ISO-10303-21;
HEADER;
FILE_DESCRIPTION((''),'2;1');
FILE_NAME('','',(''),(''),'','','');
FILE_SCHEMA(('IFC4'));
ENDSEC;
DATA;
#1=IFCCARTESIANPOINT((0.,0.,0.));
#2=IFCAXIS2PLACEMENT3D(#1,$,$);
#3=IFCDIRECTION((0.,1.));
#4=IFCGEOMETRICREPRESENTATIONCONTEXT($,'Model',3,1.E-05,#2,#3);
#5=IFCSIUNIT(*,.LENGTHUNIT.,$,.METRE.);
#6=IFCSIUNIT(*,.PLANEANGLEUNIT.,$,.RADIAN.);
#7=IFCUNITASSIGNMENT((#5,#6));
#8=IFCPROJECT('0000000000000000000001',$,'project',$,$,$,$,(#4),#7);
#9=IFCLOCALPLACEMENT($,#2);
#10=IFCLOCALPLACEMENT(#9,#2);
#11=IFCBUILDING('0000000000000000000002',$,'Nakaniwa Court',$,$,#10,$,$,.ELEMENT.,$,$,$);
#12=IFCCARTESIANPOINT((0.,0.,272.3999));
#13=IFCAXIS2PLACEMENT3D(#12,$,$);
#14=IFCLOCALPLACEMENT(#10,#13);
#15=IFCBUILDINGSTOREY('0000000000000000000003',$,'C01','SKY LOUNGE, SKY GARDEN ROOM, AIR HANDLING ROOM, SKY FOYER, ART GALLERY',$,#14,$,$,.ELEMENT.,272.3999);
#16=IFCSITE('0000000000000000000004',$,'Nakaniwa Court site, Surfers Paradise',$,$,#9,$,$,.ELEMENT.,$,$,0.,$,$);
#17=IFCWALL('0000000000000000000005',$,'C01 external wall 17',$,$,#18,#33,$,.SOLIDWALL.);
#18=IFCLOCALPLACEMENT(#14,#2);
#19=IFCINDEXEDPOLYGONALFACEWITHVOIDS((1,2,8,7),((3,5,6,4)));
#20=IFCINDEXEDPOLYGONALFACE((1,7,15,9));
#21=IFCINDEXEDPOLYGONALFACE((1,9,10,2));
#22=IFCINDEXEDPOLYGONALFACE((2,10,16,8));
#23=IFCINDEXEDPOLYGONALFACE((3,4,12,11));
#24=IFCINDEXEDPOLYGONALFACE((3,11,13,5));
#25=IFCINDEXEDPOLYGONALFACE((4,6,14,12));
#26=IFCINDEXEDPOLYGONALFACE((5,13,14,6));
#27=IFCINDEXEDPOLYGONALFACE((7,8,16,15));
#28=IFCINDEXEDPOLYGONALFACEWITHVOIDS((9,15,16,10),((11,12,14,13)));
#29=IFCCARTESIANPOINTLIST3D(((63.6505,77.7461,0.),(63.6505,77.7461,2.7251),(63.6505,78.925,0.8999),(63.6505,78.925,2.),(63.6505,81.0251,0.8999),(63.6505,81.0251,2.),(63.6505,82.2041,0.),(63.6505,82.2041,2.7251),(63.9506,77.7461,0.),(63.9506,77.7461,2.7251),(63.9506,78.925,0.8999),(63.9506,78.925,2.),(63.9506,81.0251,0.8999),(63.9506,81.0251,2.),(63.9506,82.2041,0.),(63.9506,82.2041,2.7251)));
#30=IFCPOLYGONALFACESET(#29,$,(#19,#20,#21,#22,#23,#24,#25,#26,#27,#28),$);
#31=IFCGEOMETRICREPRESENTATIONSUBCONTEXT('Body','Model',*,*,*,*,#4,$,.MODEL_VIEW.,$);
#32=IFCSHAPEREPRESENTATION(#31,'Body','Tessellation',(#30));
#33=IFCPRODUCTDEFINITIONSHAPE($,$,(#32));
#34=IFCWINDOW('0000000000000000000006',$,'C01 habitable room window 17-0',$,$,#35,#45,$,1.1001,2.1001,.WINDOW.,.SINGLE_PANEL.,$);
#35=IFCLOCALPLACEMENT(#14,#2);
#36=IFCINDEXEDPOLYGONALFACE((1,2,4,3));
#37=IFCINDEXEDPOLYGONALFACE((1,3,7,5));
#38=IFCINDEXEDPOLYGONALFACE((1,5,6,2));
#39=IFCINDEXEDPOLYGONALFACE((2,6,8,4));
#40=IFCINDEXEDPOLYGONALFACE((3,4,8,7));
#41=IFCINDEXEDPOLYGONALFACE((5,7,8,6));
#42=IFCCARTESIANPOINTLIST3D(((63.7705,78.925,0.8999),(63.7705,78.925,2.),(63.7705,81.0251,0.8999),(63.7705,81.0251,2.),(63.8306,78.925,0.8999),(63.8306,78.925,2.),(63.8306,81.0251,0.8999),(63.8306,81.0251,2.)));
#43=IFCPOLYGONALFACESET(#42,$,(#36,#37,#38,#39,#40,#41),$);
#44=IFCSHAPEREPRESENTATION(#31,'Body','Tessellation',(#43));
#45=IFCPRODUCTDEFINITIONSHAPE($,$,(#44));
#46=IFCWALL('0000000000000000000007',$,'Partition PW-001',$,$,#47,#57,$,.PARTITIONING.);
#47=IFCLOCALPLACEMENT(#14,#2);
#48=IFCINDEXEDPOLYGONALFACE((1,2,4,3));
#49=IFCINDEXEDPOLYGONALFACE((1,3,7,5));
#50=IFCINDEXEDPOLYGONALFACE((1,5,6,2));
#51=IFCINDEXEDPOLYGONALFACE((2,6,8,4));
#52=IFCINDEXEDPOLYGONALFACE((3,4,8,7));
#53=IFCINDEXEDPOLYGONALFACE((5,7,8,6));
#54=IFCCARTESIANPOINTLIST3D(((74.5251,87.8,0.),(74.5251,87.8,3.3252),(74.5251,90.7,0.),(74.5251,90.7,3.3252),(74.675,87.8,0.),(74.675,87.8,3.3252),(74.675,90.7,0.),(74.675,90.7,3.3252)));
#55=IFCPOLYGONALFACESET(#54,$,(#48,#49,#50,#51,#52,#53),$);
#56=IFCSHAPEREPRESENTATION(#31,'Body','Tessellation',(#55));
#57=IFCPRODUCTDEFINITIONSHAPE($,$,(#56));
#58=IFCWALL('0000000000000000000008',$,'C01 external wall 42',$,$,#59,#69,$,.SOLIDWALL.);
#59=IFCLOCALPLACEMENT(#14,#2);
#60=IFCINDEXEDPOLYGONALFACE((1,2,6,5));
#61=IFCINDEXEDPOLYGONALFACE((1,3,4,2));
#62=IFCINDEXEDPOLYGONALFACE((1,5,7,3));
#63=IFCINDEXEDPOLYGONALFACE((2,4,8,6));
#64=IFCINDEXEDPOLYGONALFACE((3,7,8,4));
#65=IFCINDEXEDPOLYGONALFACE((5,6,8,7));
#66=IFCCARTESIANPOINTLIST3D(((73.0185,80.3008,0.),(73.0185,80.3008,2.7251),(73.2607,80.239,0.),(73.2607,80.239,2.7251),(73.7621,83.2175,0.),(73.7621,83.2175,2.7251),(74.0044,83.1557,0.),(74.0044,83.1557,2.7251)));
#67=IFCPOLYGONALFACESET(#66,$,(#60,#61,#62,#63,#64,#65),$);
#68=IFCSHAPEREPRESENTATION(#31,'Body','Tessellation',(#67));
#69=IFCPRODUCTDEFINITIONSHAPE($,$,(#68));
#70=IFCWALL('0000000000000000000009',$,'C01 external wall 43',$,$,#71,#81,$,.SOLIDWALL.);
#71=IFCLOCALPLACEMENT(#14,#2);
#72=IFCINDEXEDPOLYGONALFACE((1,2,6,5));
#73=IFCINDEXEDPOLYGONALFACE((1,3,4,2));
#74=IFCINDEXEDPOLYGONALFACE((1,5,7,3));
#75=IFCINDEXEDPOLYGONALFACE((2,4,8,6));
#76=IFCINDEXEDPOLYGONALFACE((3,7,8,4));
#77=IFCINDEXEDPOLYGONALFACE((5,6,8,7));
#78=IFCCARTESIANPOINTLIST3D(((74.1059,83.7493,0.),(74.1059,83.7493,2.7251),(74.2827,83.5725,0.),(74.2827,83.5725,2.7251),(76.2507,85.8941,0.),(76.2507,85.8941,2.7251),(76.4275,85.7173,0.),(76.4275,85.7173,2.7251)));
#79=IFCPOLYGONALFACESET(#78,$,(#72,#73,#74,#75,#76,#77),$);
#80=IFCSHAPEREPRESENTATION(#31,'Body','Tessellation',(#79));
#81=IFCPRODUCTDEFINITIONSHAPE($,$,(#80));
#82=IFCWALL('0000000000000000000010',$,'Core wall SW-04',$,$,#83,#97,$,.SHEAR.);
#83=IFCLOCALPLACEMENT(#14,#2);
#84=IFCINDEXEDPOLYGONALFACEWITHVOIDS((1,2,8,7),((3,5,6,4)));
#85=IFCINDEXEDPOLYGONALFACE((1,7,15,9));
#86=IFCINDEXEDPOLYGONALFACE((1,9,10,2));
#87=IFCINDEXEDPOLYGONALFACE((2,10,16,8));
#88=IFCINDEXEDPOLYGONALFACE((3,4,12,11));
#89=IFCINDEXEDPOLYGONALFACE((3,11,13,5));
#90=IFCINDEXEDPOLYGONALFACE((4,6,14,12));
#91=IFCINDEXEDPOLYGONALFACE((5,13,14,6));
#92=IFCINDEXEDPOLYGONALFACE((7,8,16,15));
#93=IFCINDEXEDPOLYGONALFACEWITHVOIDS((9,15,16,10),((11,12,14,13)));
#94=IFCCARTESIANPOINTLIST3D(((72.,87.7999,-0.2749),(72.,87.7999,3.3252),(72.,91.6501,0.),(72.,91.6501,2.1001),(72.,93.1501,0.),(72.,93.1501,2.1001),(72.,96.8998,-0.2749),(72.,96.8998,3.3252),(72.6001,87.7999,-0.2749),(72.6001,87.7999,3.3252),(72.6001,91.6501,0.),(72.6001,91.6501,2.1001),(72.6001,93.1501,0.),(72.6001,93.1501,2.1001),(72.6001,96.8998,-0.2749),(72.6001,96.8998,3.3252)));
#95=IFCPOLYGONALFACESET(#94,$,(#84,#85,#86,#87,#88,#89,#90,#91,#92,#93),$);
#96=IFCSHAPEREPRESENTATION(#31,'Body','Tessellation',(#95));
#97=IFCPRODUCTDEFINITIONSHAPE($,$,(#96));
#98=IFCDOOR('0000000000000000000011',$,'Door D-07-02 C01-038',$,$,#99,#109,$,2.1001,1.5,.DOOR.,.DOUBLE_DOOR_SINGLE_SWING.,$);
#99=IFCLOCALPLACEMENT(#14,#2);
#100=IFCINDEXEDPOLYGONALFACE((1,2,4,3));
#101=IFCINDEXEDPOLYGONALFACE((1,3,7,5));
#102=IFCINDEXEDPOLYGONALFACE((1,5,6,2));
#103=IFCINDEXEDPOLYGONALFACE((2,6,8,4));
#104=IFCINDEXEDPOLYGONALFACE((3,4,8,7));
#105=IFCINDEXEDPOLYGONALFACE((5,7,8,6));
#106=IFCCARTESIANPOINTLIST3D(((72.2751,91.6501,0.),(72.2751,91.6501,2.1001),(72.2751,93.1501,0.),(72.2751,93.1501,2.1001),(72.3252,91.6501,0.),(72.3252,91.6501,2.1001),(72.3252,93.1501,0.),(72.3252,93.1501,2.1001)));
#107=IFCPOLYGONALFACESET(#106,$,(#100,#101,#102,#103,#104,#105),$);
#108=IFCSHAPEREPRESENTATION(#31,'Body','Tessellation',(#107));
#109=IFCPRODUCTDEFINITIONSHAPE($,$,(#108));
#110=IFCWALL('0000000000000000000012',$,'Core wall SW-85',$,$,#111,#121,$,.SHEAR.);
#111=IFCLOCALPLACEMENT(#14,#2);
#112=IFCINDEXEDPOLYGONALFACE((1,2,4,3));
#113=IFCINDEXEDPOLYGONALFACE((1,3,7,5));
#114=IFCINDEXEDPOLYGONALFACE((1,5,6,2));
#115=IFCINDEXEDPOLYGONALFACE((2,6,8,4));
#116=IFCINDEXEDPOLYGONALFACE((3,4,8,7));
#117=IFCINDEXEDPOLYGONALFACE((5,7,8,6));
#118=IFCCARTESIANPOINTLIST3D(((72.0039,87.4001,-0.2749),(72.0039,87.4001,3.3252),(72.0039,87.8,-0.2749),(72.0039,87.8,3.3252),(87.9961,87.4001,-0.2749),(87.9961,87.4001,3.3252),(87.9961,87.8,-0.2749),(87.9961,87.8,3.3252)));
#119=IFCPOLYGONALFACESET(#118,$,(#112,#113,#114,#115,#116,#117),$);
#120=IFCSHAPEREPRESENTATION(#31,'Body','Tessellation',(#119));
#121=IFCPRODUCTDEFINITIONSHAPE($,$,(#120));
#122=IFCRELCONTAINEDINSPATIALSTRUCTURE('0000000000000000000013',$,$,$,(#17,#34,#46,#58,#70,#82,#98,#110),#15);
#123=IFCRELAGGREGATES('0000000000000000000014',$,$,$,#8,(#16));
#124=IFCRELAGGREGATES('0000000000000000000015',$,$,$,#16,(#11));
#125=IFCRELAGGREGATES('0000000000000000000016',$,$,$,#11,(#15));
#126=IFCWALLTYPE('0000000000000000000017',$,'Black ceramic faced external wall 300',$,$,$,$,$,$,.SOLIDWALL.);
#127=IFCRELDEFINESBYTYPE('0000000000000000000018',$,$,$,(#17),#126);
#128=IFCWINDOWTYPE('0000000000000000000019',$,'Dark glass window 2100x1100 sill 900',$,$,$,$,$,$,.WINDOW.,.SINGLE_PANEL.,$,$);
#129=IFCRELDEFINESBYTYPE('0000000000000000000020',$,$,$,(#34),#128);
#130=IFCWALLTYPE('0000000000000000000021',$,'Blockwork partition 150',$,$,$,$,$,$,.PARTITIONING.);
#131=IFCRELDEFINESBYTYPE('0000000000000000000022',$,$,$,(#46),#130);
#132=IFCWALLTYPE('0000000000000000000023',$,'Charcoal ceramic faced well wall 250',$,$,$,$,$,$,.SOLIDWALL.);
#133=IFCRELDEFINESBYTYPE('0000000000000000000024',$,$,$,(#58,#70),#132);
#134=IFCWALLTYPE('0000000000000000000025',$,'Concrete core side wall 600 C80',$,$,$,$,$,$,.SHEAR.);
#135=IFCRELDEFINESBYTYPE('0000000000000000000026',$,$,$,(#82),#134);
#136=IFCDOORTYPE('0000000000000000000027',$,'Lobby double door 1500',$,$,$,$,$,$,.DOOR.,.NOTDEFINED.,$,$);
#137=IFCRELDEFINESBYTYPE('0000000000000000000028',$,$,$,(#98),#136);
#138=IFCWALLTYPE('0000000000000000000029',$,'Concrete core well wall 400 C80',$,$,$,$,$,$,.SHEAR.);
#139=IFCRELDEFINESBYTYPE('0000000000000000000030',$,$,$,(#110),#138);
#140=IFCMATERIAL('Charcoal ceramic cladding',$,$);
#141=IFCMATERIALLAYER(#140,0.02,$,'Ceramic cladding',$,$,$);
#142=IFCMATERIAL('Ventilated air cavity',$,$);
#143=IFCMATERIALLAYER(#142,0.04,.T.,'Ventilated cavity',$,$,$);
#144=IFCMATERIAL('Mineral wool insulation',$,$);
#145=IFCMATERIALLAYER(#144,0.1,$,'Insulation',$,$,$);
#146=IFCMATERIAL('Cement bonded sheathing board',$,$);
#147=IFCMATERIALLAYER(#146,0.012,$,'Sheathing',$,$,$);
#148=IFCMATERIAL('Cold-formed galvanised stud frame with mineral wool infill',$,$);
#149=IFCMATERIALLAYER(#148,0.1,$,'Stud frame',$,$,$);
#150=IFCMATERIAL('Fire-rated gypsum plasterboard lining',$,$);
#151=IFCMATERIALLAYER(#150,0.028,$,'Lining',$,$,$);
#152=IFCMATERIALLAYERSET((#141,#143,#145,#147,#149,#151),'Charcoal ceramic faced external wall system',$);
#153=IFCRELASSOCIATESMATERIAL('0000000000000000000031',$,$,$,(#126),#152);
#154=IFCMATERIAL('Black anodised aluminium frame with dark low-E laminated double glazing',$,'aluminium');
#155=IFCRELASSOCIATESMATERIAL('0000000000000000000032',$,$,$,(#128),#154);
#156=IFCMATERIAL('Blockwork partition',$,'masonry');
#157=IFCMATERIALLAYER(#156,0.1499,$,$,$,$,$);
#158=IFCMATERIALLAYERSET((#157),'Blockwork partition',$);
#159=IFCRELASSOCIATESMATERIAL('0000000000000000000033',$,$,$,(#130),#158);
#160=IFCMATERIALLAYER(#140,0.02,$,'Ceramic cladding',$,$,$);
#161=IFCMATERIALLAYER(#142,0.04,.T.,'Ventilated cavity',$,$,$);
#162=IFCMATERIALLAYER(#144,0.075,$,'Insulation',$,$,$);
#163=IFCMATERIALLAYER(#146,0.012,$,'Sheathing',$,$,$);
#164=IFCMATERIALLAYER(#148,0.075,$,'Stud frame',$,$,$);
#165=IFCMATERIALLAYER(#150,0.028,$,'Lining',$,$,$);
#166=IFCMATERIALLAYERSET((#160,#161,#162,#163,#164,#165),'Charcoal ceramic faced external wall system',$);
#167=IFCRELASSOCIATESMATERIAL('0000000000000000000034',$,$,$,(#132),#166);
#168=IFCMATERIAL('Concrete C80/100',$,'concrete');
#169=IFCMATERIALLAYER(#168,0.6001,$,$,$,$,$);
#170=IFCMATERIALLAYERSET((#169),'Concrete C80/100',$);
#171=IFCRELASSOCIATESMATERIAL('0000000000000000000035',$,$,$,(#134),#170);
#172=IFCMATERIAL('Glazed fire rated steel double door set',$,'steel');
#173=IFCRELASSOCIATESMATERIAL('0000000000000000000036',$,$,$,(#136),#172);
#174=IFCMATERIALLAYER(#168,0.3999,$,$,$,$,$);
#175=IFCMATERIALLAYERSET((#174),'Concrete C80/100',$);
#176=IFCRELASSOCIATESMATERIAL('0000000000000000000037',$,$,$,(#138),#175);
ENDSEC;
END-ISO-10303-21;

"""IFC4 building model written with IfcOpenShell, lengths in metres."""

from ifc_helpers import new_model, si_unit, direction, frame, frame_2d, origin, place, context, subcontext, project, spatial, rectangle, extrude, material, layer, layer_set, type_object, element, fill, save


model = new_model("IFC4")

# Units and contexts
model_context = context("Model", 3, precision=1e-05, world=origin(), true_north=direction((0.0, 1.0)))
body_context = subcontext(model_context, "Body", "Model", "MODEL_VIEW")
ifc_project = project(units=[si_unit("LENGTHUNIT", "METRE"), si_unit("PLANEANGLEUNIT", "RADIAN")], contexts=[model_context])

# Site, building, storey
site_placement = place(None, origin())
site = spatial("IfcSite", under=ifc_project, at=site_placement, Name="Nakaniwa Court site, Surfers Paradise", CompositionType="ELEMENT", RefElevation=0.0)
building_placement = place(site_placement, origin())
building = spatial("IfcBuilding", under=site, at=building_placement, Name="Nakaniwa Court", CompositionType="ELEMENT")
storey_placement = place(building_placement, frame((0.0, 0.0, 272.3999)))
storey = spatial("IfcBuildingStorey", under=building, at=storey_placement, Name="C01", Description="SKY LOUNGE, SKY GARDEN ROOM, AIR HANDLING ROOM, SKY FOYER, ART GALLERY", CompositionType="ELEMENT", Elevation=272.3999)

# Shared definitions
ifc_material_1 = material(Name="Concrete C80/100", Category="concrete")

# Shared definitions
ifc_material_2 = material(Name="Black anodised aluminium frame with dark low-E laminated double glazing", Category="aluminium")

# Wall, opening, window
ifc_material_3 = material(Name="Charcoal ceramic cladding")
ifc_layer_1 = layer(ifc_material_3, 0.02, Name="Ceramic cladding")
ifc_material_4 = material(Name="Ventilated air cavity")
ifc_layer_2 = layer(ifc_material_4, 0.04, ventilated=True, Name="Ventilated cavity")
ifc_material_5 = material(Name="Mineral wool insulation")
ifc_layer_3 = layer(ifc_material_5, 0.1, Name="Insulation")
ifc_material_6 = material(Name="Cement bonded sheathing board")
ifc_layer_4 = layer(ifc_material_6, 0.012, Name="Sheathing")
ifc_material_7 = material(Name="Cold-formed galvanised stud frame with mineral wool infill")
ifc_layer_5 = layer(ifc_material_7, 0.1, Name="Stud frame")
ifc_material_8 = material(Name="Fire-rated gypsum plasterboard lining")
ifc_layer_6 = layer(ifc_material_8, 0.028, Name="Lining")
ifc_layer_set_1 = layer_set([ifc_layer_1, ifc_layer_2, ifc_layer_3, ifc_layer_4, ifc_layer_5, ifc_layer_6], Name="Charcoal ceramic faced external wall system")
wall_type_1 = type_object("IfcWallType", Name="Black ceramic faced external wall 300", PredefinedType="SOLIDWALL", material=ifc_layer_set_1)
wall_1_placement = place(storey_placement, frame((63.8005, 82.2041, 0.0), z_axis=(0.0, 0.0, 1.0), x_axis=(0.0, -1.0, 0.0)))
wall_1 = element("IfcWall", 1, at=wall_1_placement, inside=storey, type_object=wall_type_1, Name="C01 external wall 17", PredefinedType="SOLIDWALL", context=body_context, shape_type="SweptSolid", body=[
    extrude(rectangle(XDim=4.458, YDim=0.3, at=frame_2d((2.229, 0.0))), origin(), (0.0, 0.0, 1.0), 2.7251),
])
opening_1_placement = place(wall_1_placement, frame((1.179, 0.0, 0.8999)))
opening_1 = element("IfcOpeningElement", 2, at=opening_1_placement, cuts=wall_1, PredefinedType="OPENING", context=body_context, shape_type="SweptSolid", body=[
    extrude(rectangle(XDim=2.1001, YDim=1.1001, at=frame_2d((1.05, 0.55))), frame((0.0, 0.1599, 0.0), z_axis=(0.0, -1.0, 0.0), x_axis=(1.0, 0.0, 0.0)), (0.0, 0.0, 1.0), 0.3201),
])
window_type = type_object("IfcWindowType", Name="Dark glass window 2100x1100 sill 900", PartitioningType="SINGLE_PANEL", PredefinedType="WINDOW", material=ifc_material_2)
window_placement = place(opening_1_placement, origin())
window = element("IfcWindow", 3, at=window_placement, inside=storey, type_object=window_type, Name="C01 habitable room window 17-0", OverallHeight=1.1001, OverallWidth=2.1001, PartitioningType="SINGLE_PANEL", PredefinedType="WINDOW", context=body_context, shape_type="SweptSolid", body=[
    extrude(rectangle(XDim=2.1001, YDim=1.1001, at=frame_2d((1.05, 0.55))), frame((0.0, 0.03, 0.0), z_axis=(0.0, -1.0, 0.0), x_axis=(1.0, 0.0, 0.0)), (0.0, 0.0, 1.0), 0.0601),
])
fill(opening_1, window)

# Walls
ifc_material_9 = material(Name="Blockwork partition", Category="masonry")
ifc_layer_7 = layer(ifc_material_9, 0.1499)
ifc_layer_set_2 = layer_set([ifc_layer_7], Name="Blockwork partition")
wall_type_2 = type_object("IfcWallType", Name="Blockwork partition 150", PredefinedType="PARTITIONING", material=ifc_layer_set_2)
wall_2_placement = place(storey_placement, frame((74.6001, 87.8, 0.0), z_axis=(0.0, 0.0, 1.0), x_axis=(0.0, 1.0, 0.0)))
element("IfcWall", 4, at=wall_2_placement, inside=storey, type_object=wall_type_2, Name="Partition PW-001", PredefinedType="PARTITIONING", context=body_context, shape_type="SweptSolid", body=[
    extrude(rectangle(XDim=2.8999, YDim=0.1499, at=frame_2d((1.45, 0.0))), origin(), (0.0, 0.0, 1.0), 3.3252),
])
ifc_layer_8 = layer(ifc_material_3, 0.02, Name="Ceramic cladding")
ifc_layer_9 = layer(ifc_material_4, 0.04, ventilated=True, Name="Ventilated cavity")
ifc_layer_10 = layer(ifc_material_5, 0.075, Name="Insulation")
ifc_layer_11 = layer(ifc_material_6, 0.012, Name="Sheathing")
ifc_layer_12 = layer(ifc_material_7, 0.075, Name="Stud frame")
ifc_layer_13 = layer(ifc_material_8, 0.028, Name="Lining")
ifc_layer_set_3 = layer_set([ifc_layer_8, ifc_layer_9, ifc_layer_10, ifc_layer_11, ifc_layer_12, ifc_layer_13], Name="Charcoal ceramic faced external wall system")
wall_type_3 = type_object("IfcWallType", Name="Charcoal ceramic faced well wall 250", PredefinedType="SOLIDWALL", material=ifc_layer_set_3)
wall_3_placement = place(storey_placement, frame((73.1396, 80.27, 0.0), z_axis=(0.0, 0.0, 1.0), x_axis=(0.247056, 0.969001, 0.0)))
element("IfcWall", 5, at=wall_3_placement, inside=storey, type_object=wall_type_3, Name="C01 external wall 42", PredefinedType="SOLIDWALL", context=body_context, shape_type="SweptSolid", body=[
    extrude(rectangle(XDim=3.01, YDim=0.25, at=frame_2d((1.5049, 0.0))), origin(), (0.0, 0.0, 1.0), 2.7251),
])
wall_4_placement = place(storey_placement, frame((74.1943, 83.6609, 0.0), z_axis=(0.0, 0.0, 1.0), x_axis=(0.707107, 0.707107, 0.0)))
element("IfcWall", 6, at=wall_4_placement, inside=storey, type_object=wall_type_3, Name="C01 external wall 43", PredefinedType="SOLIDWALL", context=body_context, shape_type="SweptSolid", body=[
    extrude(rectangle(XDim=3.0332, YDim=0.25, at=frame_2d((1.5166, 0.0))), origin(), (0.0, 0.0, 1.0), 2.7251),
])

# Wall, opening, door
ifc_layer_14 = layer(ifc_material_1, 0.6001)
ifc_layer_set_4 = layer_set([ifc_layer_14], Name="Concrete C80/100")
wall_type_4 = type_object("IfcWallType", Name="Concrete core side wall 600 C80", PredefinedType="SHEAR", material=ifc_layer_set_4)
wall_5_placement = place(storey_placement, frame((72.3, 87.8, -0.2749), z_axis=(0.0, 0.0, 1.0), x_axis=(0.0, 1.0, 0.0)))
wall_5 = element("IfcWall", 7, at=wall_5_placement, inside=storey, type_object=wall_type_4, Name="Core wall SW-04", PredefinedType="SHEAR", context=body_context, shape_type="SweptSolid", body=[
    extrude(rectangle(XDim=9.0999, YDim=0.6001, at=frame_2d((4.5498, 0.0))), origin(), (0.0, 0.0, 1.0), 3.6001),
])
opening_2_placement = place(wall_5_placement, frame((3.8501, 0.0, 0.2749)))
opening_2 = element("IfcOpeningElement", 8, at=opening_2_placement, cuts=wall_5, PredefinedType="OPENING", context=body_context, shape_type="SweptSolid", body=[
    extrude(rectangle(XDim=1.5, YDim=2.1001, at=frame_2d((0.75, 1.05))), frame((0.0, 0.3101, 0.0), z_axis=(0.0, -1.0, 0.0), x_axis=(1.0, 0.0, 0.0)), (0.0, 0.0, 1.0), 0.6201),
])
ifc_material_10 = material(Name="Glazed fire rated steel double door set", Category="steel")
door_type_1 = type_object("IfcDoorType", Name="Lobby double door 1500", OperationType="NOTDEFINED", PredefinedType="DOOR", material=ifc_material_10)
door_1_placement = place(opening_2_placement, origin())
door_1 = element("IfcDoor", 9, at=door_1_placement, inside=storey, type_object=door_type_1, Name="Door D-07-02 C01-038", OperationType="DOUBLE_DOOR_SINGLE_SWING", OverallHeight=2.1001, OverallWidth=1.5, PredefinedType="DOOR", context=body_context, shape_type="SweptSolid", body=[
    extrude(rectangle(XDim=1.5, YDim=2.1001, at=frame_2d((0.75, 1.05))), frame((0.0, 0.0249, 0.0), z_axis=(0.0, -1.0, 0.0), x_axis=(1.0, 0.0, 0.0)), (0.0, 0.0, 1.0), 0.05),
])
fill(opening_2, door_1)

# Wall
ifc_layer_15 = layer(ifc_material_1, 0.3999)
ifc_layer_set_5 = layer_set([ifc_layer_15], Name="Concrete C80/100")
wall_type_5 = type_object("IfcWallType", Name="Concrete core well wall 400 C80", PredefinedType="SHEAR", material=ifc_layer_set_5)
wall_6_placement = place(storey_placement, frame((72.0039, 87.6001, -0.2749), z_axis=(0.0, 0.0, 1.0), x_axis=(1.0, 0.0, 0.0)))
element("IfcWall", 10, at=wall_6_placement, inside=storey, type_object=wall_type_5, Name="Core wall SW-85", PredefinedType="SHEAR", context=body_context, shape_type="SweptSolid", body=[
    extrude(rectangle(XDim=15.9922, YDim=0.3999, at=frame_2d((7.9961, 0.0))), origin(), (0.0, 0.0, 1.0), 3.6001),
])

save(model, "model.ifc")
